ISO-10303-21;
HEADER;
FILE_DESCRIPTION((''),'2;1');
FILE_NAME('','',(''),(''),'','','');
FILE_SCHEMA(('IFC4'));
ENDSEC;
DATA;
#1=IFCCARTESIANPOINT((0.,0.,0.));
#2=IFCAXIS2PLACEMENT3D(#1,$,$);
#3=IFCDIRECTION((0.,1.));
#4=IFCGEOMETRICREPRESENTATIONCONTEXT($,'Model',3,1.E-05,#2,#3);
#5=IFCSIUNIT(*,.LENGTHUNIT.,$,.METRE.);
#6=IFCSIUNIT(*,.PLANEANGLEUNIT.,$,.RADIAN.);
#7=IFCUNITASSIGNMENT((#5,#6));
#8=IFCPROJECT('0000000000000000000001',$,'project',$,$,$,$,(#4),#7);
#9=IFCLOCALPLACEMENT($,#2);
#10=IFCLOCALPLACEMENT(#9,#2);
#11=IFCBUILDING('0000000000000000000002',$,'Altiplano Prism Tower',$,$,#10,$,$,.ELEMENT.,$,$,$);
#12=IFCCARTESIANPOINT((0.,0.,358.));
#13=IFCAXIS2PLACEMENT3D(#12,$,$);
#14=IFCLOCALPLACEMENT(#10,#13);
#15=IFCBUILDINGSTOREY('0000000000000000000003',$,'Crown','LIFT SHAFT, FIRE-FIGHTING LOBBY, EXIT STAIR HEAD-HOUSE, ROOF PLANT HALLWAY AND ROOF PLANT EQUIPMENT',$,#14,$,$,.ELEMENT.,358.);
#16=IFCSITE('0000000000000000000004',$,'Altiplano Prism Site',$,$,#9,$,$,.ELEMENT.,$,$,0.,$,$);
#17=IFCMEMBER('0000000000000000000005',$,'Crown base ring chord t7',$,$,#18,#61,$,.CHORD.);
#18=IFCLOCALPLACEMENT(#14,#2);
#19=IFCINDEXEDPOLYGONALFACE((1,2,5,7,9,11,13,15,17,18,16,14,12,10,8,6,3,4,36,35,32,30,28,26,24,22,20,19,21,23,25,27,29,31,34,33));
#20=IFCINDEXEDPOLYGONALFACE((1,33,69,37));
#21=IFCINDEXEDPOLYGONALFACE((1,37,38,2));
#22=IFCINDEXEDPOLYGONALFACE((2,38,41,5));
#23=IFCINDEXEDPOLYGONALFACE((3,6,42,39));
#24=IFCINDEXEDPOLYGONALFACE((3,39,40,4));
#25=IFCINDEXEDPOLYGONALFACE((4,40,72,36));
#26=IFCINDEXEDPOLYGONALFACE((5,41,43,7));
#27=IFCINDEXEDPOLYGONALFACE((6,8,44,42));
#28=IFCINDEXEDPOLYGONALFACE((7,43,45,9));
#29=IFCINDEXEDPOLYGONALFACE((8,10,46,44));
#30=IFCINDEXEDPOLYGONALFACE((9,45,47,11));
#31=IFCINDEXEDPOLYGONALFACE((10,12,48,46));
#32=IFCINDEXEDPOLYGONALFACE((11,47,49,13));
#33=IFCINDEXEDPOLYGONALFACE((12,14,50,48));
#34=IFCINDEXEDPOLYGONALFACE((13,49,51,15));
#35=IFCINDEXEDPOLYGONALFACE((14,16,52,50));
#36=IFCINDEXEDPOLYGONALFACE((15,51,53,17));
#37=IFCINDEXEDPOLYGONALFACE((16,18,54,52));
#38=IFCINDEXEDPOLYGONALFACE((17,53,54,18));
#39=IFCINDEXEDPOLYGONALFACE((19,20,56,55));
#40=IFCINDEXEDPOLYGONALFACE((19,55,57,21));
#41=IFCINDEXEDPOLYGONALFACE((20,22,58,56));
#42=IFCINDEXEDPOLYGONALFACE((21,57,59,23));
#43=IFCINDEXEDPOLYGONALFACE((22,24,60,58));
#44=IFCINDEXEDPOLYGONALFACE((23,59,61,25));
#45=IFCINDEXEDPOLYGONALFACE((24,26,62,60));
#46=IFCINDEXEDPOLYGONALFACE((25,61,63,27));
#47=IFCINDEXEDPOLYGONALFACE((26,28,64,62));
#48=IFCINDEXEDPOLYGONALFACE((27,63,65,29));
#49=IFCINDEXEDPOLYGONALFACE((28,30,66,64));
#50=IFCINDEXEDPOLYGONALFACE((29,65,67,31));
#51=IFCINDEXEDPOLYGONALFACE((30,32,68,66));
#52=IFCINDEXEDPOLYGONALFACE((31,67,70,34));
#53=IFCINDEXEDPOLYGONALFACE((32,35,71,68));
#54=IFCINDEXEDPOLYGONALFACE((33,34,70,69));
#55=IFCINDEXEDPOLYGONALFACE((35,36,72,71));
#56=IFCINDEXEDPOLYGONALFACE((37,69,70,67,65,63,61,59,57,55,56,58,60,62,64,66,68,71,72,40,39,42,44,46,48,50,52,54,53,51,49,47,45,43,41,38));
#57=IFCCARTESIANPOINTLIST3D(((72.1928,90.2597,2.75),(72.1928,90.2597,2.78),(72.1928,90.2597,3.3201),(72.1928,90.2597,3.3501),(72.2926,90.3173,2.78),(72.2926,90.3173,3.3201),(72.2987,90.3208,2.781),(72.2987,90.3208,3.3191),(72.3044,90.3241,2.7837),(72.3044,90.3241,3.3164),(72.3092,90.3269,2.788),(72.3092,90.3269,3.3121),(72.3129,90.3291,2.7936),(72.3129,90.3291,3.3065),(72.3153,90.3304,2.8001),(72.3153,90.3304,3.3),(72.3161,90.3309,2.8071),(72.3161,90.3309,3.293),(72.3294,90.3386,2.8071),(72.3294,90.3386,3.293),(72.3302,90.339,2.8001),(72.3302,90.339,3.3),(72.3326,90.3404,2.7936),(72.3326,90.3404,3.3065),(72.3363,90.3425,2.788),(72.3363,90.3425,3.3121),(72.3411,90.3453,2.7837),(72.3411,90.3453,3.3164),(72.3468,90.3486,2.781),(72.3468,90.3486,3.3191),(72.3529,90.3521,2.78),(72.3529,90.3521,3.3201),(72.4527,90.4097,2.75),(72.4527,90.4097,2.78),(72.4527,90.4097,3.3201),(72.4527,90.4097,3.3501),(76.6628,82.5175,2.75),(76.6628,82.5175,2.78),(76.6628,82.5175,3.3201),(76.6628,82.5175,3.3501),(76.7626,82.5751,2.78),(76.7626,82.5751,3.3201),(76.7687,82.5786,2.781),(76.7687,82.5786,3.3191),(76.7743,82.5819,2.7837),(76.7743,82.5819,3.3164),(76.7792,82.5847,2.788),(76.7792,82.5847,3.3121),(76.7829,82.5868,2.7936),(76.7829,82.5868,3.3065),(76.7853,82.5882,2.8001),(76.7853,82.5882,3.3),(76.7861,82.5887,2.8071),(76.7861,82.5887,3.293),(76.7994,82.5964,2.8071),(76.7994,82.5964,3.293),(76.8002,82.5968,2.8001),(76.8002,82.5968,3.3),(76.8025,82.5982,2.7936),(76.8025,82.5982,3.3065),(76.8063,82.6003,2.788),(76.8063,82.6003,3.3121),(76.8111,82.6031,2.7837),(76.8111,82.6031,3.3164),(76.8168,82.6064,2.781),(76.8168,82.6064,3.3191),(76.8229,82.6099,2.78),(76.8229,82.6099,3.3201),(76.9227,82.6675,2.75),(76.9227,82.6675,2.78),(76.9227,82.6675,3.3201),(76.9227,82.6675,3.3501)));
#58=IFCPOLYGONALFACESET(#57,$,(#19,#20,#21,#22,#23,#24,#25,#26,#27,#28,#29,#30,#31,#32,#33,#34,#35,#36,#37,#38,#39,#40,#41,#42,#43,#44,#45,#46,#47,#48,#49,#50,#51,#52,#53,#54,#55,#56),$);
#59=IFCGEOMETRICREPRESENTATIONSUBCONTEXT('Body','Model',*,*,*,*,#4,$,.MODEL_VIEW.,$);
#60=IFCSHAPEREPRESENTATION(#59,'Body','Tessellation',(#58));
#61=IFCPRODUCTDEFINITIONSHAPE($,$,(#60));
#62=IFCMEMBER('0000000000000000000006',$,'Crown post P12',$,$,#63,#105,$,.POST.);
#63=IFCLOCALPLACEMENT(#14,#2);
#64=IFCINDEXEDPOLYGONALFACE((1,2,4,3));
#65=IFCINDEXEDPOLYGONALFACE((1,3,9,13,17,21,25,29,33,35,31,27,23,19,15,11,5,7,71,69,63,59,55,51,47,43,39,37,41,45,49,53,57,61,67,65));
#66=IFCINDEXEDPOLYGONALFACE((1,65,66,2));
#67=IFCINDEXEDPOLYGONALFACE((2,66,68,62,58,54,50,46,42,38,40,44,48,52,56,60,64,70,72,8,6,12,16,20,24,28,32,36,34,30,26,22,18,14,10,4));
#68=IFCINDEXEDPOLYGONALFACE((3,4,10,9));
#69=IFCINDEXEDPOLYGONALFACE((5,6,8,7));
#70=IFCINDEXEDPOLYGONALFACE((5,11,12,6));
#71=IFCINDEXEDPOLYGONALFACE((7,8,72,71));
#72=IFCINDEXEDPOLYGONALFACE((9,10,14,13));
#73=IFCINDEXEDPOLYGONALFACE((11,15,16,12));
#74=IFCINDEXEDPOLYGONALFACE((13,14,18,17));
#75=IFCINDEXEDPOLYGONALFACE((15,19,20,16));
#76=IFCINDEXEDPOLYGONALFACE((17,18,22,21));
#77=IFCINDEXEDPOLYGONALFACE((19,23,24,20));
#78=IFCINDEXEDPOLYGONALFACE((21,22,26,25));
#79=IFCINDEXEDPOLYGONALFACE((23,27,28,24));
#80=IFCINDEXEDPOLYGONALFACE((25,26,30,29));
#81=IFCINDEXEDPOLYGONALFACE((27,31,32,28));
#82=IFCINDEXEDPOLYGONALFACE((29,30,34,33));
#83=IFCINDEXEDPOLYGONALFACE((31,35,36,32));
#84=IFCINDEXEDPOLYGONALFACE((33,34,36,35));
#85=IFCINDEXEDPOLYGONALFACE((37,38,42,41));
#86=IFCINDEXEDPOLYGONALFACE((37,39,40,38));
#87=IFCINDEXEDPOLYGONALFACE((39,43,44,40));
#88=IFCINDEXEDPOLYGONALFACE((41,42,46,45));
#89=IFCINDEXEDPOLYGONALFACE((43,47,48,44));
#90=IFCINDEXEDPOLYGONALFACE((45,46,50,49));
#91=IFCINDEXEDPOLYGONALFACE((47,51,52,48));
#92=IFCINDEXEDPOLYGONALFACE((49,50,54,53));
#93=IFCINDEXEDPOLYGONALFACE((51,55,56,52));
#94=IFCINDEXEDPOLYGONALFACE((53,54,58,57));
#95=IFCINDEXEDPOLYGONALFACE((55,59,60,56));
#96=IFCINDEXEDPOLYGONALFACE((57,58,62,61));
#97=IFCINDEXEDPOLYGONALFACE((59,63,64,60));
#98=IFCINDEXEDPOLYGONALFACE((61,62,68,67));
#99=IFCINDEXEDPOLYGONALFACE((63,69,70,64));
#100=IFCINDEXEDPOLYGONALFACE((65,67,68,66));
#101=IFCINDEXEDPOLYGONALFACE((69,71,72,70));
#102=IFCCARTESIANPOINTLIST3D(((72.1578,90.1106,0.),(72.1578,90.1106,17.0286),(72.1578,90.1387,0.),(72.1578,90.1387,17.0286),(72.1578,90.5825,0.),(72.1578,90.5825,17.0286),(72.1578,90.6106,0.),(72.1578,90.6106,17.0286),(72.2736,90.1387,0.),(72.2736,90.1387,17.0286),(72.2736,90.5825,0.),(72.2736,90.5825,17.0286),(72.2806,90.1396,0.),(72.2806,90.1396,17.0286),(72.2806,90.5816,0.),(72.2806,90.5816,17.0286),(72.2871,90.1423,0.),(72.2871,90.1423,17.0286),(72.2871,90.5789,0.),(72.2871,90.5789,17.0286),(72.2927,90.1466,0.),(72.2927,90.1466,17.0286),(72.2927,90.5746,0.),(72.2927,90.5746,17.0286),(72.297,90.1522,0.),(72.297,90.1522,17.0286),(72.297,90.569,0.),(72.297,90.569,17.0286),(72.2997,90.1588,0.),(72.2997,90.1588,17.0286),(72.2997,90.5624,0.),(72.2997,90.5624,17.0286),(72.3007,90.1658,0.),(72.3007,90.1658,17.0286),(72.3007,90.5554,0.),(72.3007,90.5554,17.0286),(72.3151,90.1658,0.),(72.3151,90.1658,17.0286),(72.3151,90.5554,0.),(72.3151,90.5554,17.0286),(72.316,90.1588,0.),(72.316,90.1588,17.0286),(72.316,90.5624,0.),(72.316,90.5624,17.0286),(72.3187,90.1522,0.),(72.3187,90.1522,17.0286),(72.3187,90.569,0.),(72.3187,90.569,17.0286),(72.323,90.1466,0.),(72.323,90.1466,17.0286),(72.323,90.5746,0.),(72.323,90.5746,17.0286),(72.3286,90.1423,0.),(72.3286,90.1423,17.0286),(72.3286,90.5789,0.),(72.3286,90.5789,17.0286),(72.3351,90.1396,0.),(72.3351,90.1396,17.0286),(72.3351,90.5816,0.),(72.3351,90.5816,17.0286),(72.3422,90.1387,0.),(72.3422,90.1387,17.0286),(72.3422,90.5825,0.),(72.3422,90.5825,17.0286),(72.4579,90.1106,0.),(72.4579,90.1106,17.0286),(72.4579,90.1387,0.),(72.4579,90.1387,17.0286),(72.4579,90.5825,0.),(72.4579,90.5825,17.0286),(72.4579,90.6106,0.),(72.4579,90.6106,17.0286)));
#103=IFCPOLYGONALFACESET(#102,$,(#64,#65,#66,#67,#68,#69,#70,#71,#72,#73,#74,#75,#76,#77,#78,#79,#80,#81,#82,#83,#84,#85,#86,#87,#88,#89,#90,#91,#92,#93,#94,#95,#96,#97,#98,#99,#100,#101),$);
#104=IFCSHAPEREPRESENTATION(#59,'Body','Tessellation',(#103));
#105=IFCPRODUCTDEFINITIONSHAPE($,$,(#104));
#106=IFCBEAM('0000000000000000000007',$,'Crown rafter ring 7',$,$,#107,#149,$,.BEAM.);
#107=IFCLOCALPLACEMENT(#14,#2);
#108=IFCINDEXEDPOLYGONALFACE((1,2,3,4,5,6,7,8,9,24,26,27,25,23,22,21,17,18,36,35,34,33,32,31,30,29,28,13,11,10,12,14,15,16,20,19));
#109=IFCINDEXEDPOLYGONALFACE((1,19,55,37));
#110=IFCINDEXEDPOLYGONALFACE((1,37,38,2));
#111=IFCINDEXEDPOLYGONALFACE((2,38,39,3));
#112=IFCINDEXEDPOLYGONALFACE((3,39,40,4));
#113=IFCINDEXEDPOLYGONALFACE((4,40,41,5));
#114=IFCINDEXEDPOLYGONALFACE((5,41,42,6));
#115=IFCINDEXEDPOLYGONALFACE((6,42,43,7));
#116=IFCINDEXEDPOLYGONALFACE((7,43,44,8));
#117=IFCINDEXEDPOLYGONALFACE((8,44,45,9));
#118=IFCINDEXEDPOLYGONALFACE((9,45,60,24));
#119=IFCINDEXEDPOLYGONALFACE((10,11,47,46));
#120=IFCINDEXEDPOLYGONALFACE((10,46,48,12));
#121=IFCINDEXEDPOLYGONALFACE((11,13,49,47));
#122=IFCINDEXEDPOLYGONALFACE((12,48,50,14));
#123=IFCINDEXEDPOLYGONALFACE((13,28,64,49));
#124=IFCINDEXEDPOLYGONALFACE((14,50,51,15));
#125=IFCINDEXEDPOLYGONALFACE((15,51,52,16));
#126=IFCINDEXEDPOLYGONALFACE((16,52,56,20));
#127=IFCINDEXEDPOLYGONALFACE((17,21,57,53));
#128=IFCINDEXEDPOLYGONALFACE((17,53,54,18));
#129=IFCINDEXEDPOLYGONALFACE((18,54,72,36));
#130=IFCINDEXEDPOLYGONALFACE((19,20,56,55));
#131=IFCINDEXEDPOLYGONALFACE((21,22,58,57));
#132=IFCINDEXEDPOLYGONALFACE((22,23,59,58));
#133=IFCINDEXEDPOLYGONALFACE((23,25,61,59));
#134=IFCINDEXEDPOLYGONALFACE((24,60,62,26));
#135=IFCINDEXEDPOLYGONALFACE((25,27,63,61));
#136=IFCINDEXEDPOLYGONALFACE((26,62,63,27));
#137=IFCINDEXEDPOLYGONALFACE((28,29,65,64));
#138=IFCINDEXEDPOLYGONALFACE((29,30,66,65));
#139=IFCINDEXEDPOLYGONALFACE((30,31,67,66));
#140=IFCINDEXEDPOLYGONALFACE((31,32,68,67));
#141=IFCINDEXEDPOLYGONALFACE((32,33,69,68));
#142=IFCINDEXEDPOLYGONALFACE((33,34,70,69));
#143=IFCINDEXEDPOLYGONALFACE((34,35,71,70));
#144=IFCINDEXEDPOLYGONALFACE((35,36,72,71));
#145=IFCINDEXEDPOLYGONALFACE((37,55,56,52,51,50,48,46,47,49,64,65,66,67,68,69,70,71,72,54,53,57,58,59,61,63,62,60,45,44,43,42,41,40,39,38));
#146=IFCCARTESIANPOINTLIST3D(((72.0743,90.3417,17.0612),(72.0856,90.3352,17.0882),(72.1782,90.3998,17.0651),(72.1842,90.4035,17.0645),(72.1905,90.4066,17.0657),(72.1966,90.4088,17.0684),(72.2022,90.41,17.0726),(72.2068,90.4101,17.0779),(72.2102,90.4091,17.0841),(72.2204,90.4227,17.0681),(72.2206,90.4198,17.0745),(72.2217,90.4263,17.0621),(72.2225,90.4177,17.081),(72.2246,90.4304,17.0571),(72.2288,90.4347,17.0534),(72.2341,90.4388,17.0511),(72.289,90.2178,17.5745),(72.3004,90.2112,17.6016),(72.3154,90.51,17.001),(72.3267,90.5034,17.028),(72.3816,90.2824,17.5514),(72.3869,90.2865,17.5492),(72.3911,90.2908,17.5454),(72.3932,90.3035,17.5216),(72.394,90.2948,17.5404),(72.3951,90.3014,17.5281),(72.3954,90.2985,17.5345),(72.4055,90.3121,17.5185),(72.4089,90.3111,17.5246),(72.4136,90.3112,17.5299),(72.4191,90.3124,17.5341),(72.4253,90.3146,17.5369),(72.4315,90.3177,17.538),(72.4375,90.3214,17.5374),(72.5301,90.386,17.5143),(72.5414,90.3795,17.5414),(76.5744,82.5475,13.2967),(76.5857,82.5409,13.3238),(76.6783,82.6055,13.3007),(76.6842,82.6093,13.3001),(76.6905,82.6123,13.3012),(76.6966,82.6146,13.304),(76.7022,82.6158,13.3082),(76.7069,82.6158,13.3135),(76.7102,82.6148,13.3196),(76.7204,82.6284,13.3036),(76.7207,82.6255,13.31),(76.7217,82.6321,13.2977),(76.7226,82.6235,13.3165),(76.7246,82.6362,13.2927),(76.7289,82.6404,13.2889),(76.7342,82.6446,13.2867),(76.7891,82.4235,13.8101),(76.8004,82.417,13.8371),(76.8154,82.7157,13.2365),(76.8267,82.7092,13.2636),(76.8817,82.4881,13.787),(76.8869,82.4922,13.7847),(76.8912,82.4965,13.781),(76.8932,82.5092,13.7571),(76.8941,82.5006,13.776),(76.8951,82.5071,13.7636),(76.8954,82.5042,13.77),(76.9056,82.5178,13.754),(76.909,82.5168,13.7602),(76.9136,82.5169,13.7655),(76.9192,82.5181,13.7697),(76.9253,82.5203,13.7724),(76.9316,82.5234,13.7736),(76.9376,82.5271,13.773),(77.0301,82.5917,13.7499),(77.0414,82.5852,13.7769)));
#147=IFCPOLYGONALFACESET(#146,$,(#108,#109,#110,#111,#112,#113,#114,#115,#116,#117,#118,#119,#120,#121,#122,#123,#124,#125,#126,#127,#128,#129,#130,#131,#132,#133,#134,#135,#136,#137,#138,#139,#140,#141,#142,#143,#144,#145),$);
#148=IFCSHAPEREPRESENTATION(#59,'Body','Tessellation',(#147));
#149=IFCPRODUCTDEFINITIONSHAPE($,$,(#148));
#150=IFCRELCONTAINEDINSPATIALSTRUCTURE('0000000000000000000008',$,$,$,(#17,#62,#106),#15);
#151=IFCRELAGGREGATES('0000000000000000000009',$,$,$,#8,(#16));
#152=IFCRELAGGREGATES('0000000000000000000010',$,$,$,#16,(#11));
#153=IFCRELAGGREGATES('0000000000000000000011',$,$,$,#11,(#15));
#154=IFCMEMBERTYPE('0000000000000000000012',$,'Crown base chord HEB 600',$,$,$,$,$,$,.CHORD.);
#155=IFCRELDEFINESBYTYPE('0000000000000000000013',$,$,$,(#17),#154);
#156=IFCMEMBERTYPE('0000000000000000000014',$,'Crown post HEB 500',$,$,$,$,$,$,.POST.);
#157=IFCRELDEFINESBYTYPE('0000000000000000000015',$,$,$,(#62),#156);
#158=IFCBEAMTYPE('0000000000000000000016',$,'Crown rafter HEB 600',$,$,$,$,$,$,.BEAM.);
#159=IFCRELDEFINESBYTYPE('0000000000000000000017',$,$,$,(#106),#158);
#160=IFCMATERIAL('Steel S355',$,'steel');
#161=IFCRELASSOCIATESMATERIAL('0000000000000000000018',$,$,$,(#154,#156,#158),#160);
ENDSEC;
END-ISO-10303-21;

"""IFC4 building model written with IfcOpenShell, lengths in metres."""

from ifc_helpers import new_model, si_unit, direction, frame, origin, origin_2d, place, context, subcontext, project, spatial, i_section, extrude, material, material_profile, profile_set, type_object, element, save


model = new_model("IFC4")

# Units and contexts
model_context = context("Model", 3, precision=1e-05, world=origin(), true_north=direction((0.0, 1.0)))
body_context = subcontext(model_context, "Body", "Model", "MODEL_VIEW")
ifc_project = project(units=[si_unit("LENGTHUNIT", "METRE"), si_unit("PLANEANGLEUNIT", "RADIAN")], contexts=[model_context])

# Site, building, storey
site_placement = place(None, origin())
site = spatial("IfcSite", under=ifc_project, at=site_placement, Name="Altiplano Prism Site", CompositionType="ELEMENT", RefElevation=0.0)
building_placement = place(site_placement, origin())
building = spatial("IfcBuilding", under=site, at=building_placement, Name="Altiplano Prism Tower", CompositionType="ELEMENT")
storey_placement = place(building_placement, frame((0.0, 0.0, 358.0)))
storey = spatial("IfcBuildingStorey", under=building, at=storey_placement, Name="Crown", Description="LIFT SHAFT, FIRE-FIGHTING LOBBY, EXIT STAIR HEAD-HOUSE, ROOF PLANT HALLWAY AND ROOF PLANT EQUIPMENT", CompositionType="ELEMENT", Elevation=358.0)

# Members
ifc_material_1 = material(Name="Steel S355", Category="steel")
ifc_material_profile_1 = material_profile(ifc_material_1, i_section(OverallWidth=0.3, OverallDepth=0.6001, WebThickness=0.0154, FlangeThickness=0.03, FilletRadius=0.0271, at=origin_2d()), Name="Crown base chord HEB 600")
ifc_profile_set_1 = profile_set([ifc_material_profile_1], Name="Steel S355")
member_type_1 = type_object("IfcMemberType", Name="Crown base chord HEB 600", PredefinedType="CHORD", material=ifc_profile_set_1)
for number, where, z_axis, x_axis, name in (
    (1, (72.3228, 90.3347, 3.05), (0.500001, -0.866025, 0.0), (0.866025, 0.500001, 0.0), "Crown base ring chord t7"),
):
    element("IfcMember", number, at=place(storey_placement, frame(where, z_axis=z_axis, x_axis=x_axis)), inside=storey, type_object=member_type_1, Name=name, PredefinedType="CHORD", context=body_context, shape_type="SweptSolid", body=[
        extrude(i_section(OverallWidth=0.3, OverallDepth=0.6001, WebThickness=0.0154, FlangeThickness=0.03, FilletRadius=0.0271, at=origin_2d()), origin(), (0.0, 0.0, 1.0), 8.9399),
    ])
ifc_material_profile_2 = material_profile(ifc_material_1, i_section(OverallWidth=0.3, OverallDepth=0.5, WebThickness=0.0144, FlangeThickness=0.0281, FilletRadius=0.0271, at=origin_2d()), Name="Crown post HEB 500")
ifc_profile_set_2 = profile_set([ifc_material_profile_2], Name="Steel S355")
member_type_2 = type_object("IfcMemberType", Name="Crown post HEB 500", PredefinedType="POST", material=ifc_profile_set_2)
member_1_placement = place(storey_placement, frame((72.3079, 90.3606, 0.0), z_axis=(0.0, 0.0, 1.0), x_axis=(1.0, 0.0, 0.0)))
element("IfcMember", 2, at=member_1_placement, inside=storey, type_object=member_type_2, Name="Crown post P12", PredefinedType="POST", context=body_context, shape_type="SweptSolid", body=[
    extrude(i_section(OverallWidth=0.3, OverallDepth=0.5, WebThickness=0.0144, FlangeThickness=0.0281, FilletRadius=0.0271, at=origin_2d()), origin(), (0.0, 0.0, 1.0), 17.0286),
])

# Beam
ifc_material_profile_3 = material_profile(ifc_material_1, i_section(OverallWidth=0.3, OverallDepth=0.6001, WebThickness=0.0154, FlangeThickness=0.03, FilletRadius=0.0271, at=origin_2d()), Name="Crown rafter HEB 600")
ifc_profile_set_3 = profile_set([ifc_material_profile_3], Name="Steel S355")
beam_type_1 = type_object("IfcBeamType", Name="Crown rafter HEB 600", PredefinedType="BEAM", material=ifc_profile_set_3)
beam_placement = place(storey_placement, frame((72.3079, 90.3606, 17.3013), z_axis=(0.461277, -0.798952, -0.385874), x_axis=(0.803346, 0.560705, -0.200612)))
element("IfcBeam", 3, at=beam_placement, inside=storey, type_object=beam_type_1, Name="Crown rafter ring 7", PredefinedType="BEAM", context=body_context, shape_type="SweptSolid", body=[
    extrude(i_section(OverallWidth=0.3, OverallDepth=0.6001, WebThickness=0.0154, FlangeThickness=0.03, FilletRadius=0.0271, at=origin_2d()), origin(), (0.0, 0.0, 1.0), 9.7556),
])

save(model, "model.ifc")
